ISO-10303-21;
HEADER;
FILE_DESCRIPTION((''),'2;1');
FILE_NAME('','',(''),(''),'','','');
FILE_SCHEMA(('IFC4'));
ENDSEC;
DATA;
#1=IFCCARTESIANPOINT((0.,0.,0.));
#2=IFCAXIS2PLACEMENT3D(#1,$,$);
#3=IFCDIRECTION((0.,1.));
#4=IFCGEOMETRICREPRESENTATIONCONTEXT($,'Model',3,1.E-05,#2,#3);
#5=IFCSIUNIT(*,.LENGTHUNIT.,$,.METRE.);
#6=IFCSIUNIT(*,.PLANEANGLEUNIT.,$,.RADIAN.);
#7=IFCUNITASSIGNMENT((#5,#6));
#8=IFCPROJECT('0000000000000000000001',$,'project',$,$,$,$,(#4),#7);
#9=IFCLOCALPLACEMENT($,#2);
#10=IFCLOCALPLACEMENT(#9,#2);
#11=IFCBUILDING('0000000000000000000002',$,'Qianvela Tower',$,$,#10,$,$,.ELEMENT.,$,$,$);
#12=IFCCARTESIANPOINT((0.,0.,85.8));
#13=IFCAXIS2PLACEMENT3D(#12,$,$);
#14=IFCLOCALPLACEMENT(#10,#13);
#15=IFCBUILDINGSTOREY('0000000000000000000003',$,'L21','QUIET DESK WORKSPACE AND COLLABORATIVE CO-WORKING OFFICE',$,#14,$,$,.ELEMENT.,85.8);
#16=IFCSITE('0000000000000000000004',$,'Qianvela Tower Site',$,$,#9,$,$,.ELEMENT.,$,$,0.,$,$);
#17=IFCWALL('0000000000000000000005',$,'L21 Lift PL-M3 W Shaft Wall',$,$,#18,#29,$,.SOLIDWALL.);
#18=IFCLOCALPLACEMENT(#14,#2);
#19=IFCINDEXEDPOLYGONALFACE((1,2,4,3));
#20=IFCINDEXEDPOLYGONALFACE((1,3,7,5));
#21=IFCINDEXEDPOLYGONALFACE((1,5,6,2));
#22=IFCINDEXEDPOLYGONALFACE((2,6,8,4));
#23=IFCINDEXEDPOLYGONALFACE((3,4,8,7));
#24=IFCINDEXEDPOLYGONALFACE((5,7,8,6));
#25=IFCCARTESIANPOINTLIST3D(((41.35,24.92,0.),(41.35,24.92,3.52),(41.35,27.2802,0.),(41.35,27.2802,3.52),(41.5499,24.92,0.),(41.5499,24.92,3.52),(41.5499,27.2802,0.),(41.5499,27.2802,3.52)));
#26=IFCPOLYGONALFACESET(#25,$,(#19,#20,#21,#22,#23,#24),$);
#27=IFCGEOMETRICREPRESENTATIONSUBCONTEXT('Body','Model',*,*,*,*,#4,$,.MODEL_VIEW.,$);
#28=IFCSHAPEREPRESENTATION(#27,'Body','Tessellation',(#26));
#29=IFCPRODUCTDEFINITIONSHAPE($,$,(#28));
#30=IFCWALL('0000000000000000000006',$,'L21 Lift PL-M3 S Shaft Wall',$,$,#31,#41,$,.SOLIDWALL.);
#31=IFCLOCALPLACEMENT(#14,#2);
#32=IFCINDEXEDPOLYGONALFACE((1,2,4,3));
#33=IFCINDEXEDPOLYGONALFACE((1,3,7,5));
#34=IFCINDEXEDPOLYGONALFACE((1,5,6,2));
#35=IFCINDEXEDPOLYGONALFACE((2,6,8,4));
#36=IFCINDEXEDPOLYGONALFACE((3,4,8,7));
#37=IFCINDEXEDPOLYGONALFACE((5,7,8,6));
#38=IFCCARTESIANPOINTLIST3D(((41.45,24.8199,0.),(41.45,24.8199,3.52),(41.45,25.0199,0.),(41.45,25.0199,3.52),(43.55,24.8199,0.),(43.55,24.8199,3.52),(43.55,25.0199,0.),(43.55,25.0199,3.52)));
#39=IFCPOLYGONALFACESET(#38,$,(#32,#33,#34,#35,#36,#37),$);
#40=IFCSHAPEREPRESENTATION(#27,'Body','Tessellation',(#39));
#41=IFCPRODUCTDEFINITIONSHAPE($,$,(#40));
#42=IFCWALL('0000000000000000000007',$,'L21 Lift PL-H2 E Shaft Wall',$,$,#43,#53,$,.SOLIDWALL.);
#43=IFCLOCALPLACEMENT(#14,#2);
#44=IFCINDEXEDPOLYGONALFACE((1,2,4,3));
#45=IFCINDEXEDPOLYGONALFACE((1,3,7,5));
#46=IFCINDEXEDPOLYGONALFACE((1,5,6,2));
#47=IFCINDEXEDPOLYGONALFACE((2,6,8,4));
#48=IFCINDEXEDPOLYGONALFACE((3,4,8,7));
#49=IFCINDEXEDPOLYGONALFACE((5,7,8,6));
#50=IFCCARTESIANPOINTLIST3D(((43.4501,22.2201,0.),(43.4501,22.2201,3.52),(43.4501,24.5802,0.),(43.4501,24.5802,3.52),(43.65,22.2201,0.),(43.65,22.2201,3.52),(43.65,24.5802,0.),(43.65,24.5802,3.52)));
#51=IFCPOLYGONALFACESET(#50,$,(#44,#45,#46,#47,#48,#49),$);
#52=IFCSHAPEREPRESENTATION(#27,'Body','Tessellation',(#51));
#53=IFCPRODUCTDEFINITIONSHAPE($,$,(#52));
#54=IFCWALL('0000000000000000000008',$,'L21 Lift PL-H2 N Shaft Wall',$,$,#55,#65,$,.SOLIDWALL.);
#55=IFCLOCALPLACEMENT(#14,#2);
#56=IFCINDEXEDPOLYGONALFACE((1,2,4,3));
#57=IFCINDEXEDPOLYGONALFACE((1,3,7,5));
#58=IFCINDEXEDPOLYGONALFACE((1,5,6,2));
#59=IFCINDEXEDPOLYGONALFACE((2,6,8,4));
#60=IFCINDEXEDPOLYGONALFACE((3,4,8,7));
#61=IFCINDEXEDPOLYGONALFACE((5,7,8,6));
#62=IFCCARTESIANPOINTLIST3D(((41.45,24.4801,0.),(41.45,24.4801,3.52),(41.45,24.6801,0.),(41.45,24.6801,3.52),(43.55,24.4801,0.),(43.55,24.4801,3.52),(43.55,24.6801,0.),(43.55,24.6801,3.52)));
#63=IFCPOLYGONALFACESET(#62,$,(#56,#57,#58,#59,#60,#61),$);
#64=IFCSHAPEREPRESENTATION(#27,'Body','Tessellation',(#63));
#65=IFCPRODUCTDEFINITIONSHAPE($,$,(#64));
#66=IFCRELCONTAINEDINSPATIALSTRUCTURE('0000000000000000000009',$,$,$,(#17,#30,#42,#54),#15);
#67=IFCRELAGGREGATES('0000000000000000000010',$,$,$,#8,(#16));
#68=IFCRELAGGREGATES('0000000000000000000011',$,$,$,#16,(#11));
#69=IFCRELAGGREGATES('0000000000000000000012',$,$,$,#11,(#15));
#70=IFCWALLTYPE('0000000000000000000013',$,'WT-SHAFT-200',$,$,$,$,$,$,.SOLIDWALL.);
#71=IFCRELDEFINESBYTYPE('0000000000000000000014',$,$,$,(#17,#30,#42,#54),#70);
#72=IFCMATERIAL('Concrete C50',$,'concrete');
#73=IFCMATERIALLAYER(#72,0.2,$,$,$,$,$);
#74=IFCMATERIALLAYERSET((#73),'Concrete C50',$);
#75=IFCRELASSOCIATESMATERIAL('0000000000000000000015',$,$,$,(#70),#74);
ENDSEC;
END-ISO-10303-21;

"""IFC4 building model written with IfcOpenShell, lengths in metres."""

from ifc_helpers import new_model, si_unit, direction, frame, frame_2d, origin, place, context, subcontext, project, spatial, rectangle, extrude, material, layer, layer_set, type_object, element, save


model = new_model("IFC4")

# Units and contexts
model_context = context("Model", 3, precision=1e-05, world=origin(), true_north=direction((0.0, 1.0)))
body_context = subcontext(model_context, "Body", "Model", "MODEL_VIEW")
ifc_project = project(units=[si_unit("LENGTHUNIT", "METRE"), si_unit("PLANEANGLEUNIT", "RADIAN")], contexts=[model_context])

# Site, building, storey
site_placement = place(None, origin())
site = spatial("IfcSite", under=ifc_project, at=site_placement, Name="Qianvela Tower Site", CompositionType="ELEMENT", RefElevation=0.0)
building_placement = place(site_placement, origin())
building = spatial("IfcBuilding", under=site, at=building_placement, Name="Qianvela Tower", CompositionType="ELEMENT")
storey_placement = place(building_placement, frame((0.0, 0.0, 85.8)))
storey = spatial("IfcBuildingStorey", under=building, at=storey_placement, Name="L21", Description="QUIET DESK WORKSPACE AND COLLABORATIVE CO-WORKING OFFICE", CompositionType="ELEMENT", Elevation=85.8)

# Walls
ifc_material_1 = material(Name="Concrete C50", Category="concrete")
ifc_layer_1 = layer(ifc_material_1, 0.2)
ifc_layer_set_1 = layer_set([ifc_layer_1], Name="Concrete C50")
wall_type_1 = type_object("IfcWallType", Name="WT-SHAFT-200", PredefinedType="SOLIDWALL", material=ifc_layer_set_1)
for number, where, z_axis, x_axis, name in (
    (1, (41.45, 24.9199, 0.0), (0.0, 0.0, 1.0), (0.0, 1.0, 0.0), "L21 Lift PL-M3 W Shaft Wall"),
):
    element("IfcWall", number, at=place(storey_placement, frame(where, z_axis=z_axis, x_axis=x_axis)), inside=storey, type_object=wall_type_1, Name=name, PredefinedType="SOLIDWALL", context=body_context, shape_type="SweptSolid", body=[
        extrude(rectangle(XDim=2.3601, YDim=0.2, at=frame_2d((1.1802, 0.0))), origin(), (0.0, 0.0, 1.0), 3.52),
    ])
wall_1_placement = place(storey_placement, frame((41.45, 24.9199, 0.0), z_axis=(0.0, 0.0, 1.0), x_axis=(1.0, 0.0, 0.0)))
element("IfcWall", 2, at=wall_1_placement, inside=storey, type_object=wall_type_1, Name="L21 Lift PL-M3 S Shaft Wall", PredefinedType="SOLIDWALL", context=body_context, shape_type="SweptSolid", body=[
    extrude(rectangle(XDim=2.1001, YDim=0.2, at=frame_2d((1.05, 0.0))), origin(), (0.0, 0.0, 1.0), 3.52),
])
wall_2_placement = place(storey_placement, frame((43.55, 22.22, 0.0), z_axis=(0.0, 0.0, 1.0), x_axis=(0.0, 1.0, 0.0)))
element("IfcWall", 3, at=wall_2_placement, inside=storey, type_object=wall_type_1, Name="L21 Lift PL-H2 E Shaft Wall", PredefinedType="SOLIDWALL", context=body_context, shape_type="SweptSolid", body=[
    extrude(rectangle(XDim=2.3601, YDim=0.2, at=frame_2d((1.1802, 0.0))), origin(), (0.0, 0.0, 1.0), 3.52),
])
wall_3_placement = place(storey_placement, frame((41.45, 24.5801, 0.0), z_axis=(0.0, 0.0, 1.0), x_axis=(1.0, 0.0, 0.0)))
element("IfcWall", 4, at=wall_3_placement, inside=storey, type_object=wall_type_1, Name="L21 Lift PL-H2 N Shaft Wall", PredefinedType="SOLIDWALL", context=body_context, shape_type="SweptSolid", body=[
    extrude(rectangle(XDim=2.1001, YDim=0.2, at=frame_2d((1.05, 0.0))), origin(), (0.0, 0.0, 1.0), 3.52),
])

save(model, "model.ifc")
